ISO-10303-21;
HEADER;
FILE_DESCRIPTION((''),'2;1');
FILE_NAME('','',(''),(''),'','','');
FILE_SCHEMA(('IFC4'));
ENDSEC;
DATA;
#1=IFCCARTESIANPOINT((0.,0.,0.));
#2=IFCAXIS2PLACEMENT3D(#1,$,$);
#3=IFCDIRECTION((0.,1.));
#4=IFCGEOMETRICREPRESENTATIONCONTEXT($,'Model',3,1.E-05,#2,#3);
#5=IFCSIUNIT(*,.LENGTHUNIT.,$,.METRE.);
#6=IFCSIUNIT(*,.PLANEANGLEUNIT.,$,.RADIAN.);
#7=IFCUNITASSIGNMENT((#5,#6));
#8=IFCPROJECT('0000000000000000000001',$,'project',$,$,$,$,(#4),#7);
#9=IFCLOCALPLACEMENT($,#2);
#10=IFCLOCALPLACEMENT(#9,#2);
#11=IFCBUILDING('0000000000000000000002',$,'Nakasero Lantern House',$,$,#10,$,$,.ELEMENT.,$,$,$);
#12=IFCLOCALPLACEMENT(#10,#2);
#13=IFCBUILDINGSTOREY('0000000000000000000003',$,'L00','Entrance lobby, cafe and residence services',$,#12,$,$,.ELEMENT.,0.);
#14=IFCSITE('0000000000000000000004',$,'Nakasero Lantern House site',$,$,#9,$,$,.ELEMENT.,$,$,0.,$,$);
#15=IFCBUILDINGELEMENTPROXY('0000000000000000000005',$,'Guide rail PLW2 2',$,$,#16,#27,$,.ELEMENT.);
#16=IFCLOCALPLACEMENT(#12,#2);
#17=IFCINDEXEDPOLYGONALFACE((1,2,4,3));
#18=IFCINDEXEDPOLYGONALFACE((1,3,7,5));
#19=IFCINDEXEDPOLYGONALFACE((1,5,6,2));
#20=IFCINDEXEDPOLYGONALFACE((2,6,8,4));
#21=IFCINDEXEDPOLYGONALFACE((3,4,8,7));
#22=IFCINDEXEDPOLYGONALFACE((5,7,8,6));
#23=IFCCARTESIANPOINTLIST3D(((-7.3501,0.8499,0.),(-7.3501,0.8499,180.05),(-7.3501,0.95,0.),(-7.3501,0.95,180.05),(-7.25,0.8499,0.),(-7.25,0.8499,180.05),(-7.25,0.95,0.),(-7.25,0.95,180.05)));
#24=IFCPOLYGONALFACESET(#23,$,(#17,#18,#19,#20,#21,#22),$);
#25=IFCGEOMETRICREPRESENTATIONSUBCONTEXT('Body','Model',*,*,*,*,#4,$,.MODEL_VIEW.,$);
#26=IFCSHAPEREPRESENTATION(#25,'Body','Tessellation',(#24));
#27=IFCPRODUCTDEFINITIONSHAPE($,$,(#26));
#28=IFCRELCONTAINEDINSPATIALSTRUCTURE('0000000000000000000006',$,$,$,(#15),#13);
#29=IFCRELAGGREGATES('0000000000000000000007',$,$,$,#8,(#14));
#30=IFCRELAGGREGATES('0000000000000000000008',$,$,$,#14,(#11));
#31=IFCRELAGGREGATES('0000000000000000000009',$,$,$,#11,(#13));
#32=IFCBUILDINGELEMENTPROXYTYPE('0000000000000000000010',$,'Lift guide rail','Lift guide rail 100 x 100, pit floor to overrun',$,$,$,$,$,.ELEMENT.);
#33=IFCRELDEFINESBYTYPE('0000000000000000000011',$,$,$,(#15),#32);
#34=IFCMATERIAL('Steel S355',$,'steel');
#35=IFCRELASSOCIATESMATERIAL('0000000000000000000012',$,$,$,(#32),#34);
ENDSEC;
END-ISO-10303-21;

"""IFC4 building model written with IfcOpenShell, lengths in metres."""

from ifc_helpers import new_model, si_unit, direction, frame, origin, origin_2d, place, context, subcontext, project, spatial, rectangle, extrude, material, type_object, element, save


model = new_model("IFC4")

# Units and contexts
model_context = context("Model", 3, precision=1e-05, world=origin(), true_north=direction((0.0, 1.0)))
body_context = subcontext(model_context, "Body", "Model", "MODEL_VIEW")
ifc_project = project(units=[si_unit("LENGTHUNIT", "METRE"), si_unit("PLANEANGLEUNIT", "RADIAN")], contexts=[model_context])

# Site, building, storey
site_placement = place(None, origin())
site = spatial("IfcSite", under=ifc_project, at=site_placement, Name="Nakasero Lantern House site", CompositionType="ELEMENT", RefElevation=0.0)
building_placement = place(site_placement, origin())
building = spatial("IfcBuilding", under=site, at=building_placement, Name="Nakasero Lantern House", CompositionType="ELEMENT")
storey_placement = place(building_placement, origin())
storey = spatial("IfcBuildingStorey", under=building, at=storey_placement, Name="L00", Description="Entrance lobby, cafe and residence services", CompositionType="ELEMENT", Elevation=0.0)

# Building element proxy
ifc_material_1 = material(Name="Steel S355", Category="steel")
building_element_proxy_type = type_object("IfcBuildingElementProxyType", Name="Lift guide rail", Description="Lift guide rail 100 x 100, pit floor to overrun", PredefinedType="ELEMENT", material=ifc_material_1)
for number, where, z_axis, x_axis, name in (
    (1, (-7.3, 0.8999, 0.0), (0.0, 0.0, 1.0), (1.0, 0.0, 0.0), "Guide rail PLW2 2"),
):
    element("IfcBuildingElementProxy", number, at=place(storey_placement, frame(where, z_axis=z_axis, x_axis=x_axis)), inside=storey, type_object=building_element_proxy_type, Name=name, PredefinedType="ELEMENT", context=body_context, shape_type="SweptSolid", body=[
        extrude(rectangle(XDim=0.1001, YDim=0.1001, at=origin_2d()), origin(), (0.0, 0.0, 1.0), 180.05),
    ])

save(model, "model.ifc")
